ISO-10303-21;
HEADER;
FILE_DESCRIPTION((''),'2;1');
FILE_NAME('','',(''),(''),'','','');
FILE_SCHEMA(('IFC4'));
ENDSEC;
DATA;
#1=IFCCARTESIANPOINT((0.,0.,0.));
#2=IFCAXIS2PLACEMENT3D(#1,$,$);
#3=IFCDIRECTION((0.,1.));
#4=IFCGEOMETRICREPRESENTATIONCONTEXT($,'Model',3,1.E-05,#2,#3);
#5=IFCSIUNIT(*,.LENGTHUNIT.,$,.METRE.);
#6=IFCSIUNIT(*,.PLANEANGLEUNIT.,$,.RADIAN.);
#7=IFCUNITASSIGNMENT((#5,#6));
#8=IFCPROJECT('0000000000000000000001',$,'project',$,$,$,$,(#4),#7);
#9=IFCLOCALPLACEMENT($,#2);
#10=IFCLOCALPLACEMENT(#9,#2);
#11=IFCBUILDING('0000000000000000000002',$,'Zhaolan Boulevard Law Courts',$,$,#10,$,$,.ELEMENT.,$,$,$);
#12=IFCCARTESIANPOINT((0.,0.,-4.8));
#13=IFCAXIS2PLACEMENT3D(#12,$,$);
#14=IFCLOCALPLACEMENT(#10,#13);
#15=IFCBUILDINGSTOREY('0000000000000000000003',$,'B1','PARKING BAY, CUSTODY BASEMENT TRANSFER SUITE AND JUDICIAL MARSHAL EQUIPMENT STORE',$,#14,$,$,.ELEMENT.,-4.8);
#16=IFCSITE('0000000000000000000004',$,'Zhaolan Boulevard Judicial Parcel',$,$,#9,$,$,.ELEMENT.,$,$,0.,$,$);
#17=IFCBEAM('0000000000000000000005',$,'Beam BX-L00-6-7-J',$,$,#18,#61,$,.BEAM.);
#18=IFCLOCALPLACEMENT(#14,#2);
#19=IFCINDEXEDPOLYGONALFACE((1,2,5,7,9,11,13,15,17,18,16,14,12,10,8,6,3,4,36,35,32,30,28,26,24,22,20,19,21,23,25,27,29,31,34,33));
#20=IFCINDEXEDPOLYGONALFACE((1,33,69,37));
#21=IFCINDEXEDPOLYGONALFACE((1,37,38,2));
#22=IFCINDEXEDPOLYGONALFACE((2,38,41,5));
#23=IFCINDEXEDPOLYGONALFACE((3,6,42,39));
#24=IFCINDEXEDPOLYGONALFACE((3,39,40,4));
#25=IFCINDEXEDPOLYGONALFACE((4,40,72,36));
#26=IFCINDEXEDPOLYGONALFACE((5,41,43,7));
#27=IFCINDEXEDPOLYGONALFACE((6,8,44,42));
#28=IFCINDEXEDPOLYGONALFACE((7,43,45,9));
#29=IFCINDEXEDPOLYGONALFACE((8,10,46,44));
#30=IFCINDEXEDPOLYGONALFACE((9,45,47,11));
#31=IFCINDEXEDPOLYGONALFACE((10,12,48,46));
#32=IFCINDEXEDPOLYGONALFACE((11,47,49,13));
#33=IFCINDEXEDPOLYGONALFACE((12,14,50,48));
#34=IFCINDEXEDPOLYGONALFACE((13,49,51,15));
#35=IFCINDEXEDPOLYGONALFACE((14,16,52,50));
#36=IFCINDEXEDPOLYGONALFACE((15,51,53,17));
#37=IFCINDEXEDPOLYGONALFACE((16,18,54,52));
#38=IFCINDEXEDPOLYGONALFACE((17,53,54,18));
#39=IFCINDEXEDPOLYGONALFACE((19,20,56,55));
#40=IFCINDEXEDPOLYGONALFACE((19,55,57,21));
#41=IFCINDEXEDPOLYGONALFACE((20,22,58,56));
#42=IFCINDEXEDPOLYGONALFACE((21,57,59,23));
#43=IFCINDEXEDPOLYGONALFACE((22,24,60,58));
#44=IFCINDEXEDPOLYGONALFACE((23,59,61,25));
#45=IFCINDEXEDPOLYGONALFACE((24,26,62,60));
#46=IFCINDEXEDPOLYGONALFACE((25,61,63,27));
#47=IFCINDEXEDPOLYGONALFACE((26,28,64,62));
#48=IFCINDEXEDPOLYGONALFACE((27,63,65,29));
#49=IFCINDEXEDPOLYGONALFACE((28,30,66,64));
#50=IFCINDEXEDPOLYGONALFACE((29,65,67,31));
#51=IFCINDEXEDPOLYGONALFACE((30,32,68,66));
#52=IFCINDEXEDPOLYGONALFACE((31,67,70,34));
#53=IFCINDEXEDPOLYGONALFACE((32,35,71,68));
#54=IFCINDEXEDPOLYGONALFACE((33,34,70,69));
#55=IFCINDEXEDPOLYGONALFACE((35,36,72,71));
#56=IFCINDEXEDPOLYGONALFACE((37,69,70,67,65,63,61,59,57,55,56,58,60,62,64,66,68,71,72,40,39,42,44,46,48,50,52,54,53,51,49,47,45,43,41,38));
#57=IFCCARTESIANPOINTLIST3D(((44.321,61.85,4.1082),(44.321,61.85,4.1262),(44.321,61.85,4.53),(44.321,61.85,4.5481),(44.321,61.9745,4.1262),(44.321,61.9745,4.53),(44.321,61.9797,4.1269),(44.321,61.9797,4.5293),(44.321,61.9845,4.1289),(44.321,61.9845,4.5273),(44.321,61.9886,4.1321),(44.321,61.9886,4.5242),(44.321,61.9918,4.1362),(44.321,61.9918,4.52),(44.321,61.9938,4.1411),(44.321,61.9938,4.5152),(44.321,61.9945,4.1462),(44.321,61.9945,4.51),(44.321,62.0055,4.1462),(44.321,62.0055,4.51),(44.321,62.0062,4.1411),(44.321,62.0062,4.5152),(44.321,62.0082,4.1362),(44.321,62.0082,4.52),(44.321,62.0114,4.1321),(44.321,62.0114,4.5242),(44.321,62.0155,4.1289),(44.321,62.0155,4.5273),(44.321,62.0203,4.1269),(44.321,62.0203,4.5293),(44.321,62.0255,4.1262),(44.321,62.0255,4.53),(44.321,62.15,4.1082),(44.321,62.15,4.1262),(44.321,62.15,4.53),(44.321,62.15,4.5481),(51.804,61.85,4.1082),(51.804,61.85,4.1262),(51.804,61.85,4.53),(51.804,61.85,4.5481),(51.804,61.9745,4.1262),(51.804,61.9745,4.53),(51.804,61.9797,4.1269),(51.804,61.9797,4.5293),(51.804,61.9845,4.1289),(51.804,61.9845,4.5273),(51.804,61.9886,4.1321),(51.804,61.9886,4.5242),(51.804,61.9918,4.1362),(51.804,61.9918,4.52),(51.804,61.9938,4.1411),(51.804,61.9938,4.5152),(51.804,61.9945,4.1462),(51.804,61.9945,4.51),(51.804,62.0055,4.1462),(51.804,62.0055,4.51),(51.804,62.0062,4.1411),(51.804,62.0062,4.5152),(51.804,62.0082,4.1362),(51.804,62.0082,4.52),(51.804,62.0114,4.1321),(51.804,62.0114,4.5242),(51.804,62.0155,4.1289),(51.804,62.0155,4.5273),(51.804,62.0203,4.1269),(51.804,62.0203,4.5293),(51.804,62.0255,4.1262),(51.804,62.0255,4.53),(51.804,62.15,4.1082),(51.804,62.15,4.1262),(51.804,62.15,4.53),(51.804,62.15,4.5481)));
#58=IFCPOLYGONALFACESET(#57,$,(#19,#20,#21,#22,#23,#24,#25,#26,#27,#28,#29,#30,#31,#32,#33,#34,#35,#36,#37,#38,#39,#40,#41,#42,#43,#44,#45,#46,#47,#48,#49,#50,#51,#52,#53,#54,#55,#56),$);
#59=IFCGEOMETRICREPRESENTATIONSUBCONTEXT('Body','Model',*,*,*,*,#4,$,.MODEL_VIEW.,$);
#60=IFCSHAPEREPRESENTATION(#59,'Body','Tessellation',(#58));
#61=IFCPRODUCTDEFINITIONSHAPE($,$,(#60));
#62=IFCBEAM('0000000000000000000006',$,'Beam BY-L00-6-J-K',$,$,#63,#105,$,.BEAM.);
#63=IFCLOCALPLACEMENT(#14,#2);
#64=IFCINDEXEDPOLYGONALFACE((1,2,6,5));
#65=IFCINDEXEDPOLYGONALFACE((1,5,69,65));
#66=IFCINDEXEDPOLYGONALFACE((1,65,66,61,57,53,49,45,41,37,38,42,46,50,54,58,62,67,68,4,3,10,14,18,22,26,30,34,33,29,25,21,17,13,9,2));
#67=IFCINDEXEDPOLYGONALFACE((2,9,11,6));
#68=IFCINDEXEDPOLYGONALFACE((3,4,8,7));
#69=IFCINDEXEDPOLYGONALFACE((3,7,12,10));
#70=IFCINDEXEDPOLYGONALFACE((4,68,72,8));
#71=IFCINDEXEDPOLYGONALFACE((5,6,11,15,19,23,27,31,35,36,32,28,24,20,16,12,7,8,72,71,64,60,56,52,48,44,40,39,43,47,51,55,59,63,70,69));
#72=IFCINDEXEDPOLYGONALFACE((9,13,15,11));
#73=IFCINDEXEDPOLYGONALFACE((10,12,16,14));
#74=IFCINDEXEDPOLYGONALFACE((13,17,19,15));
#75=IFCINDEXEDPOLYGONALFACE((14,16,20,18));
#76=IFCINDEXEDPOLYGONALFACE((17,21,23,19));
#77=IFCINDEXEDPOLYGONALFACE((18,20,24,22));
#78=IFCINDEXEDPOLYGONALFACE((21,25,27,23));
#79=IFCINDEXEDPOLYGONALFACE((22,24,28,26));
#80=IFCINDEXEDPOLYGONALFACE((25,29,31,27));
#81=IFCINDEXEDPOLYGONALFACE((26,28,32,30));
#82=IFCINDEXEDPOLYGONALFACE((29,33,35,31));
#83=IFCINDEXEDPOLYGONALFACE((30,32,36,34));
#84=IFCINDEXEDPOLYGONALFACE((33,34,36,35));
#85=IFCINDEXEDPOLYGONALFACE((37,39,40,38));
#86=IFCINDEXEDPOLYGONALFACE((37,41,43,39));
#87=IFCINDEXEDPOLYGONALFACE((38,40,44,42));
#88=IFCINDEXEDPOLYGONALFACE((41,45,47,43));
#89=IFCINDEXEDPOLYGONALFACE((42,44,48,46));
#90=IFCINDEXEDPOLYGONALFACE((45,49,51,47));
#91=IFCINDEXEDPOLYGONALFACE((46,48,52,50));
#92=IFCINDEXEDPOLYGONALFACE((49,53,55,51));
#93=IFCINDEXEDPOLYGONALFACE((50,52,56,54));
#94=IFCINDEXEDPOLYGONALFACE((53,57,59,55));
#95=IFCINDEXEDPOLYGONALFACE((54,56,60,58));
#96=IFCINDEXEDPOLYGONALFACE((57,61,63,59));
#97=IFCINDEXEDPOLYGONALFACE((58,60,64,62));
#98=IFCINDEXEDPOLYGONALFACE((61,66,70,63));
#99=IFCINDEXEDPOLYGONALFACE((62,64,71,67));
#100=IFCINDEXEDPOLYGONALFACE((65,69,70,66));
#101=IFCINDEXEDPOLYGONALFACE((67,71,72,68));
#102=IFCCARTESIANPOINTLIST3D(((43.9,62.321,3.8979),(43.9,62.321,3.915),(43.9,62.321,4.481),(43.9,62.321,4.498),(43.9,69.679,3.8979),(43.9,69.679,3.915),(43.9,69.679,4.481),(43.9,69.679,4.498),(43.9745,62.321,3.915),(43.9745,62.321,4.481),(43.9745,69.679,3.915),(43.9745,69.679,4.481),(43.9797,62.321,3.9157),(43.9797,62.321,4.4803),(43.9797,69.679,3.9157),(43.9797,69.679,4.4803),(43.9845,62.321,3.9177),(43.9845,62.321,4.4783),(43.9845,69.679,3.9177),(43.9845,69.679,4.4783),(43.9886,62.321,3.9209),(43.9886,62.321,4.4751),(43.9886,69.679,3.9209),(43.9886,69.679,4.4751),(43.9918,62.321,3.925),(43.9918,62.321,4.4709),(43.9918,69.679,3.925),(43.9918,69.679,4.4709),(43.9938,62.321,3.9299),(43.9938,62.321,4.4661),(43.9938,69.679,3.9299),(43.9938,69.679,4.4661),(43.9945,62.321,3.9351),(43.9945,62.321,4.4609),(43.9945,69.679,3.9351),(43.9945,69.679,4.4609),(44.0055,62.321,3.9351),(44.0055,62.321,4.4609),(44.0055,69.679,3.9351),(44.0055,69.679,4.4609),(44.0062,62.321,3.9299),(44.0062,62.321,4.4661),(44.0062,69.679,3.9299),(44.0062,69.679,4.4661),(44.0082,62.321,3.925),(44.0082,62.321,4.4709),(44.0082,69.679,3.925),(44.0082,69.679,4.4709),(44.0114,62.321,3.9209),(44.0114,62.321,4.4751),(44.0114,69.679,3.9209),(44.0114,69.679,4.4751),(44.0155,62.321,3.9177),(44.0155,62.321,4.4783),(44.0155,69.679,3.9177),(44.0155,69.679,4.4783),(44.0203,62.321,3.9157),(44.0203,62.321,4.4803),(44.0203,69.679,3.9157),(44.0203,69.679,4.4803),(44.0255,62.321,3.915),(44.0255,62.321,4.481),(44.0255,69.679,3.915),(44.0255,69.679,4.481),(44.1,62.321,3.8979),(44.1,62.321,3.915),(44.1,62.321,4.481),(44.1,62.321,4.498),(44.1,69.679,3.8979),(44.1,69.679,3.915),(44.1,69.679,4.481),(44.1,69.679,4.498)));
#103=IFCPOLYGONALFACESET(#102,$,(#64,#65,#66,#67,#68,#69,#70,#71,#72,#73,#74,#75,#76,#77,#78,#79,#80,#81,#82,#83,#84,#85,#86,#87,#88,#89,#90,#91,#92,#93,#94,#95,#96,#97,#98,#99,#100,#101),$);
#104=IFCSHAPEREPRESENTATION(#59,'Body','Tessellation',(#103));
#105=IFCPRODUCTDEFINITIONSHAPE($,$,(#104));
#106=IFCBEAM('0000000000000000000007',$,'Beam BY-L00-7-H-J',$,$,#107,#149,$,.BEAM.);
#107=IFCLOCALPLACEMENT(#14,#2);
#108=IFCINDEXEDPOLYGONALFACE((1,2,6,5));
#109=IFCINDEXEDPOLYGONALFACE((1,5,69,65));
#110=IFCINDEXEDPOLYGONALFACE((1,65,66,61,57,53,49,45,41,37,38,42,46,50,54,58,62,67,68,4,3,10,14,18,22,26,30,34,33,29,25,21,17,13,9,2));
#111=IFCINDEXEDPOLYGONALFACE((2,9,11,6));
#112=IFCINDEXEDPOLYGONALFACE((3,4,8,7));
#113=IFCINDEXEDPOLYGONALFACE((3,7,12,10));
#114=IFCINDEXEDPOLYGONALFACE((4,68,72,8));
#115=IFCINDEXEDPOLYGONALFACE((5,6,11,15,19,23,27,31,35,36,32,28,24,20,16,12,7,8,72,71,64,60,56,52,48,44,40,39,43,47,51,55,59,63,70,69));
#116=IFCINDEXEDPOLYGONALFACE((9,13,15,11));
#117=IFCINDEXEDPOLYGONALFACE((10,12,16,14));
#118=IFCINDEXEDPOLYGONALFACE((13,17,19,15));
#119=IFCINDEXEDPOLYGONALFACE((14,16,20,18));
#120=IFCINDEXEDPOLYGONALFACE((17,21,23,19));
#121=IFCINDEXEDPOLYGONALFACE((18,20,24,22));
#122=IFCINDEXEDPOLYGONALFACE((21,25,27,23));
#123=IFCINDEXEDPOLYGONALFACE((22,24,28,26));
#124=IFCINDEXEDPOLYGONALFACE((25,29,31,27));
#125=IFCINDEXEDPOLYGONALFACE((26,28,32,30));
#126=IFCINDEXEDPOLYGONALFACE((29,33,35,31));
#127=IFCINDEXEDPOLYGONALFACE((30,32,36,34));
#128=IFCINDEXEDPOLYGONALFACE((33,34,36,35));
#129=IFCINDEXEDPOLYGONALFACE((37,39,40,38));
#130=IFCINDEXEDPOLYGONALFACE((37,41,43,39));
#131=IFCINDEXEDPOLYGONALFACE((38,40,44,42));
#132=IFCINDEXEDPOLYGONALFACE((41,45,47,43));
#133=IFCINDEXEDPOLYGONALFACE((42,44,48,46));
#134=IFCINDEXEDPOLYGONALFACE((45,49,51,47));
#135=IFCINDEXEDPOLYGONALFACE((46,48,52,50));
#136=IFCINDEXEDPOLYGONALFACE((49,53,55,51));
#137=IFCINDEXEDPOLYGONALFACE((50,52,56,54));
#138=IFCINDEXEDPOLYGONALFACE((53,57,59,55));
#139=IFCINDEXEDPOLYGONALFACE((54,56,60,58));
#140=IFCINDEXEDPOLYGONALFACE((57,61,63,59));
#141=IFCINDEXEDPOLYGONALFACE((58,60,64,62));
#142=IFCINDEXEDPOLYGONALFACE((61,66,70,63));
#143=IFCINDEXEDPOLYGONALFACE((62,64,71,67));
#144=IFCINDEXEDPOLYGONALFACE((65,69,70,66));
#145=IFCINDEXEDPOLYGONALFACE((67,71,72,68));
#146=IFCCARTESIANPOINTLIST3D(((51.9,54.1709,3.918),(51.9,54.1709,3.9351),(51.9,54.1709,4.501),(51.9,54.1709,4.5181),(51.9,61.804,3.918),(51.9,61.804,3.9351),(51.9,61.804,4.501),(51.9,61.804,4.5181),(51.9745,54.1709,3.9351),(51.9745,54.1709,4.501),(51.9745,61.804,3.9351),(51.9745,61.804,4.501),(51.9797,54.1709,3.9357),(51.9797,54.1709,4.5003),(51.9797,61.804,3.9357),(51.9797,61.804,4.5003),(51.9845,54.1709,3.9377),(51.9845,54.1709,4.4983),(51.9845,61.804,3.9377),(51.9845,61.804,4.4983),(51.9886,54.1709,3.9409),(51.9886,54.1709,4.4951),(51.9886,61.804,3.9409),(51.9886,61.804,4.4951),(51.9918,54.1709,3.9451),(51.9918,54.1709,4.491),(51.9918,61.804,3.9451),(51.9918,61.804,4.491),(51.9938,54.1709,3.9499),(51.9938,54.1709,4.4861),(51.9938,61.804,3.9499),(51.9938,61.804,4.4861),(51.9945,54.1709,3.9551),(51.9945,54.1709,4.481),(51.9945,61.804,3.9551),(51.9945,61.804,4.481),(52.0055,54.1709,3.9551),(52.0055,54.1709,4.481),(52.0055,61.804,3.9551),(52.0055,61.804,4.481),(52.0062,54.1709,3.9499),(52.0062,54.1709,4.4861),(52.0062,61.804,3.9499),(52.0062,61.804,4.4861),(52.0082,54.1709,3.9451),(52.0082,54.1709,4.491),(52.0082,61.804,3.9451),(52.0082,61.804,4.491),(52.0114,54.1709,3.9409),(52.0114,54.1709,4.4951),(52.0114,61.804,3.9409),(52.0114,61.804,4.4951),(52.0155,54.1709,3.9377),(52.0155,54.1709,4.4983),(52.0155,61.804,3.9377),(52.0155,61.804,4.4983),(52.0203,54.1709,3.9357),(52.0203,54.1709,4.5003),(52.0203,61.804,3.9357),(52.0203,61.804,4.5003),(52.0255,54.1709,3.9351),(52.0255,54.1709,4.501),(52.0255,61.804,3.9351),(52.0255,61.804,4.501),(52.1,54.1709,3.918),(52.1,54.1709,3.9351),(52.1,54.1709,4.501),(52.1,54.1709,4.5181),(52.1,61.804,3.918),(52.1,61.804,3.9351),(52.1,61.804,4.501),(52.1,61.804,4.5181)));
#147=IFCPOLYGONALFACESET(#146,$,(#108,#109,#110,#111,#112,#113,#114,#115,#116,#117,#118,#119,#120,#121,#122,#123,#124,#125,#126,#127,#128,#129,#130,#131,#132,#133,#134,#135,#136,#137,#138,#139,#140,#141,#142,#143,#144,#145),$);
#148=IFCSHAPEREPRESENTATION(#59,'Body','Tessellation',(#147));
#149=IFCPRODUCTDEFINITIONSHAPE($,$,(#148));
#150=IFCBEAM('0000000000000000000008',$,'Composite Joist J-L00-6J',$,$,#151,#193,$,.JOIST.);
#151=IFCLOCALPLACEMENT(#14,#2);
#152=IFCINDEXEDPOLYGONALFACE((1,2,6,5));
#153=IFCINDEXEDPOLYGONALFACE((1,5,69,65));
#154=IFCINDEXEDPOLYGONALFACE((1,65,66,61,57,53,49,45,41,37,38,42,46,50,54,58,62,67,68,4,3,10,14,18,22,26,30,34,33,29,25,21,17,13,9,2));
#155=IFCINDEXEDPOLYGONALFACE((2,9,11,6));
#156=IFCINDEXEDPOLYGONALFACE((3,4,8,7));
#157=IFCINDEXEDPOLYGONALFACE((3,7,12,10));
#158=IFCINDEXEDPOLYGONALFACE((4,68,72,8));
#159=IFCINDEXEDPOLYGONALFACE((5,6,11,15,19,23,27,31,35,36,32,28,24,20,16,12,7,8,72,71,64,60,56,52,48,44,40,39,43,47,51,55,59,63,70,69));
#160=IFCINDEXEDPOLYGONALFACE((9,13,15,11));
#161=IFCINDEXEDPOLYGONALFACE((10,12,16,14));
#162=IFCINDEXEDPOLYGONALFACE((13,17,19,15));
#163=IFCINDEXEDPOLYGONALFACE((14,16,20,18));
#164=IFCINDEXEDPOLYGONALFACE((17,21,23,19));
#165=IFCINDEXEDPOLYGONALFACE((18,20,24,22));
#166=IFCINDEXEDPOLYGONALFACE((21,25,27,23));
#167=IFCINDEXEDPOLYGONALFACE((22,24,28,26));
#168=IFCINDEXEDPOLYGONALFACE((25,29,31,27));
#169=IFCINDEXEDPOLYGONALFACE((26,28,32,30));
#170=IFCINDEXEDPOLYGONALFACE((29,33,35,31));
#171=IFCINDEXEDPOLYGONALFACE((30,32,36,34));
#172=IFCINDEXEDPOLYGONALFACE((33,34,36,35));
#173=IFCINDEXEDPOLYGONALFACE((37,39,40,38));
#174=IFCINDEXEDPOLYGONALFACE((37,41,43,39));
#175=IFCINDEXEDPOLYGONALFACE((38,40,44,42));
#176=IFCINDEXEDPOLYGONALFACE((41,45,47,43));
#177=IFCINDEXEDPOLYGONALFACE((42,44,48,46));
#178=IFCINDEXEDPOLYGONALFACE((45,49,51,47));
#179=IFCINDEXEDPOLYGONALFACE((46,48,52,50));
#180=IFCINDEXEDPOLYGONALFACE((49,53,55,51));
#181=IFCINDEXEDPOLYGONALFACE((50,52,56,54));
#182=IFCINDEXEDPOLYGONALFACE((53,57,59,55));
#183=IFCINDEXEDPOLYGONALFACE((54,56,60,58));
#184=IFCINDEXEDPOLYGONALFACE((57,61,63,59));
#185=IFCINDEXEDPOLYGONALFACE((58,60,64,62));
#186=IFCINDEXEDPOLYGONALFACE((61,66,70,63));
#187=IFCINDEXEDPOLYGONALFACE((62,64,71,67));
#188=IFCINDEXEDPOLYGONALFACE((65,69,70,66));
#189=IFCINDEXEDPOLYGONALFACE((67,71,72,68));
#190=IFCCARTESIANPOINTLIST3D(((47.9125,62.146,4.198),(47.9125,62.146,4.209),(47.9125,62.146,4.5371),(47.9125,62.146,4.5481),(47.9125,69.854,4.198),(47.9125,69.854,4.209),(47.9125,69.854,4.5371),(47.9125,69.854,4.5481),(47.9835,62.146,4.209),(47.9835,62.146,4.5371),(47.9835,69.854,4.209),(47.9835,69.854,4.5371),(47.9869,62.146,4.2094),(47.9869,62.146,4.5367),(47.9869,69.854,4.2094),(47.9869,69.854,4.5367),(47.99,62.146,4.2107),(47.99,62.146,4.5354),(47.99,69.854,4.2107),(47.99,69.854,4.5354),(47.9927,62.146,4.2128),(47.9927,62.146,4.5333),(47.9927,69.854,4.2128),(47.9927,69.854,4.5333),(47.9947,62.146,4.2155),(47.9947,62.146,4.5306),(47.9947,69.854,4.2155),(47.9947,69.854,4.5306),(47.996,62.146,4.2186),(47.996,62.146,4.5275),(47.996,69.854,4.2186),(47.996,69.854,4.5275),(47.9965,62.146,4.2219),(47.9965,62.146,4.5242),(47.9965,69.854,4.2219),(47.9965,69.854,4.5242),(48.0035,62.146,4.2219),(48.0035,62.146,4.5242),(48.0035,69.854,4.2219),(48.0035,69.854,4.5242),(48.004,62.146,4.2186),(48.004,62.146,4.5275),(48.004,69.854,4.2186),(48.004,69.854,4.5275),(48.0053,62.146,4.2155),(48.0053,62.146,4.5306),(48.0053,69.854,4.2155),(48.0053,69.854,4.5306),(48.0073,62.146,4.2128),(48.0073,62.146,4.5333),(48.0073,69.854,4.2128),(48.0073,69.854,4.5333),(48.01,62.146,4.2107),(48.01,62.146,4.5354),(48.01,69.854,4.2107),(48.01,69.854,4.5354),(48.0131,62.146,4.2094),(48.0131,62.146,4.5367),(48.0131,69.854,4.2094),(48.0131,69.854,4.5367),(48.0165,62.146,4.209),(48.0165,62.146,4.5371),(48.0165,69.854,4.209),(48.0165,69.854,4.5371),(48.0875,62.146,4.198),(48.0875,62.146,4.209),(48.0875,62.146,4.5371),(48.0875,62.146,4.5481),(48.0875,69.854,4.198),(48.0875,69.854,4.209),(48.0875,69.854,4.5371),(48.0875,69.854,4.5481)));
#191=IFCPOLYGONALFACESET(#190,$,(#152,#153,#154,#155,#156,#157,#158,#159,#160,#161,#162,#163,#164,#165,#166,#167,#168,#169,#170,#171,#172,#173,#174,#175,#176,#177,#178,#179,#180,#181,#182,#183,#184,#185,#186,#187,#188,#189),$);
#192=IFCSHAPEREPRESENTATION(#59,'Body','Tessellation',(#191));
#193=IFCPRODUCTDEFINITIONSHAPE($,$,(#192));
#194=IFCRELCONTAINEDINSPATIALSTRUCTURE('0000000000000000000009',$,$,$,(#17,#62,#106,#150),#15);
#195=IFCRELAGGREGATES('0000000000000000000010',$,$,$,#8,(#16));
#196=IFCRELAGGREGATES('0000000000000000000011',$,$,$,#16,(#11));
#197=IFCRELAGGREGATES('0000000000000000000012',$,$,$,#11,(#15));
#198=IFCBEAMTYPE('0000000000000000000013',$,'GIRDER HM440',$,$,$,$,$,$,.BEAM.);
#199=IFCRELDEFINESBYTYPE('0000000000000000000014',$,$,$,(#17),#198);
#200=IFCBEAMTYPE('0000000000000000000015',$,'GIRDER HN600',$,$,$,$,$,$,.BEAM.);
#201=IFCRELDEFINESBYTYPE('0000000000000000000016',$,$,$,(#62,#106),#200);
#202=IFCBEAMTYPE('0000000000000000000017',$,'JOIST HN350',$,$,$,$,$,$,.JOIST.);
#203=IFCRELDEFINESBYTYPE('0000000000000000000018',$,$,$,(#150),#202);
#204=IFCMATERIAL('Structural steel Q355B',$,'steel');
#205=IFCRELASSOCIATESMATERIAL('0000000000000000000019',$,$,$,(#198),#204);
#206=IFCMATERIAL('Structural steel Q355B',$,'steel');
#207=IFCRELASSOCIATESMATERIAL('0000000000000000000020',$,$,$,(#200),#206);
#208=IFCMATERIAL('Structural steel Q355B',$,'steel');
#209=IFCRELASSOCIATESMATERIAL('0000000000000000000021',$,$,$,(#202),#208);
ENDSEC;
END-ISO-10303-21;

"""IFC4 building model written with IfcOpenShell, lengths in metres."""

from ifc_helpers import new_model, si_unit, direction, frame, origin, origin_2d, place, context, subcontext, project, spatial, i_section, extrude, material, material_profile, profile_set, type_object, element, save


model = new_model("IFC4")

# Units and contexts
model_context = context("Model", 3, precision=1e-05, world=origin(), true_north=direction((0.0, 1.0)))
body_context = subcontext(model_context, "Body", "Model", "MODEL_VIEW")
ifc_project = project(units=[si_unit("LENGTHUNIT", "METRE"), si_unit("PLANEANGLEUNIT", "RADIAN")], contexts=[model_context])

# Site, building, storey
site_placement = place(None, origin())
site = spatial("IfcSite", under=ifc_project, at=site_placement, Name="Zhaolan Boulevard Judicial Parcel", CompositionType="ELEMENT", RefElevation=0.0)
building_placement = place(site_placement, origin())
building = spatial("IfcBuilding", under=site, at=building_placement, Name="Zhaolan Boulevard Law Courts", CompositionType="ELEMENT")
storey_placement = place(building_placement, frame((0.0, 0.0, -4.8)))
storey = spatial("IfcBuildingStorey", under=building, at=storey_placement, Name="B1", Description="PARKING BAY, CUSTODY BASEMENT TRANSFER SUITE AND JUDICIAL MARSHAL EQUIPMENT STORE", CompositionType="ELEMENT", Elevation=-4.8)

# Beams
ifc_material_1 = material(Name="Structural steel Q355B", Category="steel")
ifc_material_profile_1 = material_profile(ifc_material_1, i_section(OverallWidth=0.3, OverallDepth=0.4399, WebThickness=0.011, FlangeThickness=0.0181, FilletRadius=0.02, at=origin_2d()), Name="HM440x300")
ifc_profile_set_1 = profile_set([ifc_material_profile_1], Name="Structural steel Q355B")
beam_type_1 = type_object("IfcBeamType", Name="GIRDER HM440", PredefinedType="BEAM", material=ifc_profile_set_1)
beam_1_placement = place(storey_placement, frame((44.321, 62.0, 4.3281), z_axis=(1.0, 0.0, 0.0), x_axis=(0.0, 1.0, 0.0)))
element("IfcBeam", 1, at=beam_1_placement, inside=storey, type_object=beam_type_1, Name="Beam BX-L00-6-7-J", PredefinedType="BEAM", context=body_context, shape_type="SweptSolid", body=[
    extrude(i_section(OverallWidth=0.3, OverallDepth=0.4399, WebThickness=0.011, FlangeThickness=0.0181, FilletRadius=0.02, at=origin_2d()), origin(), (0.0, 0.0, 1.0), 7.4829),
])
ifc_material_2 = material(Name="Structural steel Q355B", Category="steel")
ifc_material_profile_2 = material_profile(ifc_material_2, i_section(OverallWidth=0.2, OverallDepth=0.6001, WebThickness=0.011, FlangeThickness=0.0171, FilletRadius=0.02, at=origin_2d()), Name="HN600x200")
ifc_profile_set_2 = profile_set([ifc_material_profile_2], Name="Structural steel Q355B")
beam_type_2 = type_object("IfcBeamType", Name="GIRDER HN600", PredefinedType="BEAM", material=ifc_profile_set_2)
beam_2_placement = place(storey_placement, frame((44.0, 62.321, 4.198), z_axis=(0.0, 1.0, 0.0), x_axis=(-1.0, 0.0, 0.0)))
element("IfcBeam", 2, at=beam_2_placement, inside=storey, type_object=beam_type_2, Name="Beam BY-L00-6-J-K", PredefinedType="BEAM", context=body_context, shape_type="SweptSolid", body=[
    extrude(i_section(OverallWidth=0.2, OverallDepth=0.6001, WebThickness=0.011, FlangeThickness=0.0171, FilletRadius=0.02, at=origin_2d()), origin(), (0.0, 0.0, 1.0), 7.3579),
])
beam_3_placement = place(storey_placement, frame((52.0, 54.1709, 4.218), z_axis=(0.0, 1.0, 0.0), x_axis=(-1.0, 0.0, 0.0)))
element("IfcBeam", 3, at=beam_3_placement, inside=storey, type_object=beam_type_2, Name="Beam BY-L00-7-H-J", PredefinedType="BEAM", context=body_context, shape_type="SweptSolid", body=[
    extrude(i_section(OverallWidth=0.2, OverallDepth=0.6001, WebThickness=0.011, FlangeThickness=0.0171, FilletRadius=0.02, at=origin_2d()), origin(), (0.0, 0.0, 1.0), 7.6331),
])
ifc_material_3 = material(Name="Structural steel Q355B", Category="steel")
ifc_material_profile_3 = material_profile(ifc_material_3, i_section(OverallWidth=0.175, OverallDepth=0.3501, WebThickness=0.0071, FlangeThickness=0.011, FilletRadius=0.0129, at=origin_2d()), Name="HN350x175")
ifc_profile_set_3 = profile_set([ifc_material_profile_3], Name="Structural steel Q355B")
beam_type_3 = type_object("IfcBeamType", Name="JOIST HN350", PredefinedType="JOIST", material=ifc_profile_set_3)
beam_4_placement = place(storey_placement, frame((48.0, 62.146, 4.373), z_axis=(0.0, 1.0, 0.0), x_axis=(-1.0, 0.0, 0.0)))
element("IfcBeam", 4, at=beam_4_placement, inside=storey, type_object=beam_type_3, Name="Composite Joist J-L00-6J", PredefinedType="JOIST", context=body_context, shape_type="SweptSolid", body=[
    extrude(i_section(OverallWidth=0.175, OverallDepth=0.3501, WebThickness=0.0071, FlangeThickness=0.011, FilletRadius=0.0129, at=origin_2d()), origin(), (0.0, 0.0, 1.0), 7.708),
])

save(model, "model.ifc")
